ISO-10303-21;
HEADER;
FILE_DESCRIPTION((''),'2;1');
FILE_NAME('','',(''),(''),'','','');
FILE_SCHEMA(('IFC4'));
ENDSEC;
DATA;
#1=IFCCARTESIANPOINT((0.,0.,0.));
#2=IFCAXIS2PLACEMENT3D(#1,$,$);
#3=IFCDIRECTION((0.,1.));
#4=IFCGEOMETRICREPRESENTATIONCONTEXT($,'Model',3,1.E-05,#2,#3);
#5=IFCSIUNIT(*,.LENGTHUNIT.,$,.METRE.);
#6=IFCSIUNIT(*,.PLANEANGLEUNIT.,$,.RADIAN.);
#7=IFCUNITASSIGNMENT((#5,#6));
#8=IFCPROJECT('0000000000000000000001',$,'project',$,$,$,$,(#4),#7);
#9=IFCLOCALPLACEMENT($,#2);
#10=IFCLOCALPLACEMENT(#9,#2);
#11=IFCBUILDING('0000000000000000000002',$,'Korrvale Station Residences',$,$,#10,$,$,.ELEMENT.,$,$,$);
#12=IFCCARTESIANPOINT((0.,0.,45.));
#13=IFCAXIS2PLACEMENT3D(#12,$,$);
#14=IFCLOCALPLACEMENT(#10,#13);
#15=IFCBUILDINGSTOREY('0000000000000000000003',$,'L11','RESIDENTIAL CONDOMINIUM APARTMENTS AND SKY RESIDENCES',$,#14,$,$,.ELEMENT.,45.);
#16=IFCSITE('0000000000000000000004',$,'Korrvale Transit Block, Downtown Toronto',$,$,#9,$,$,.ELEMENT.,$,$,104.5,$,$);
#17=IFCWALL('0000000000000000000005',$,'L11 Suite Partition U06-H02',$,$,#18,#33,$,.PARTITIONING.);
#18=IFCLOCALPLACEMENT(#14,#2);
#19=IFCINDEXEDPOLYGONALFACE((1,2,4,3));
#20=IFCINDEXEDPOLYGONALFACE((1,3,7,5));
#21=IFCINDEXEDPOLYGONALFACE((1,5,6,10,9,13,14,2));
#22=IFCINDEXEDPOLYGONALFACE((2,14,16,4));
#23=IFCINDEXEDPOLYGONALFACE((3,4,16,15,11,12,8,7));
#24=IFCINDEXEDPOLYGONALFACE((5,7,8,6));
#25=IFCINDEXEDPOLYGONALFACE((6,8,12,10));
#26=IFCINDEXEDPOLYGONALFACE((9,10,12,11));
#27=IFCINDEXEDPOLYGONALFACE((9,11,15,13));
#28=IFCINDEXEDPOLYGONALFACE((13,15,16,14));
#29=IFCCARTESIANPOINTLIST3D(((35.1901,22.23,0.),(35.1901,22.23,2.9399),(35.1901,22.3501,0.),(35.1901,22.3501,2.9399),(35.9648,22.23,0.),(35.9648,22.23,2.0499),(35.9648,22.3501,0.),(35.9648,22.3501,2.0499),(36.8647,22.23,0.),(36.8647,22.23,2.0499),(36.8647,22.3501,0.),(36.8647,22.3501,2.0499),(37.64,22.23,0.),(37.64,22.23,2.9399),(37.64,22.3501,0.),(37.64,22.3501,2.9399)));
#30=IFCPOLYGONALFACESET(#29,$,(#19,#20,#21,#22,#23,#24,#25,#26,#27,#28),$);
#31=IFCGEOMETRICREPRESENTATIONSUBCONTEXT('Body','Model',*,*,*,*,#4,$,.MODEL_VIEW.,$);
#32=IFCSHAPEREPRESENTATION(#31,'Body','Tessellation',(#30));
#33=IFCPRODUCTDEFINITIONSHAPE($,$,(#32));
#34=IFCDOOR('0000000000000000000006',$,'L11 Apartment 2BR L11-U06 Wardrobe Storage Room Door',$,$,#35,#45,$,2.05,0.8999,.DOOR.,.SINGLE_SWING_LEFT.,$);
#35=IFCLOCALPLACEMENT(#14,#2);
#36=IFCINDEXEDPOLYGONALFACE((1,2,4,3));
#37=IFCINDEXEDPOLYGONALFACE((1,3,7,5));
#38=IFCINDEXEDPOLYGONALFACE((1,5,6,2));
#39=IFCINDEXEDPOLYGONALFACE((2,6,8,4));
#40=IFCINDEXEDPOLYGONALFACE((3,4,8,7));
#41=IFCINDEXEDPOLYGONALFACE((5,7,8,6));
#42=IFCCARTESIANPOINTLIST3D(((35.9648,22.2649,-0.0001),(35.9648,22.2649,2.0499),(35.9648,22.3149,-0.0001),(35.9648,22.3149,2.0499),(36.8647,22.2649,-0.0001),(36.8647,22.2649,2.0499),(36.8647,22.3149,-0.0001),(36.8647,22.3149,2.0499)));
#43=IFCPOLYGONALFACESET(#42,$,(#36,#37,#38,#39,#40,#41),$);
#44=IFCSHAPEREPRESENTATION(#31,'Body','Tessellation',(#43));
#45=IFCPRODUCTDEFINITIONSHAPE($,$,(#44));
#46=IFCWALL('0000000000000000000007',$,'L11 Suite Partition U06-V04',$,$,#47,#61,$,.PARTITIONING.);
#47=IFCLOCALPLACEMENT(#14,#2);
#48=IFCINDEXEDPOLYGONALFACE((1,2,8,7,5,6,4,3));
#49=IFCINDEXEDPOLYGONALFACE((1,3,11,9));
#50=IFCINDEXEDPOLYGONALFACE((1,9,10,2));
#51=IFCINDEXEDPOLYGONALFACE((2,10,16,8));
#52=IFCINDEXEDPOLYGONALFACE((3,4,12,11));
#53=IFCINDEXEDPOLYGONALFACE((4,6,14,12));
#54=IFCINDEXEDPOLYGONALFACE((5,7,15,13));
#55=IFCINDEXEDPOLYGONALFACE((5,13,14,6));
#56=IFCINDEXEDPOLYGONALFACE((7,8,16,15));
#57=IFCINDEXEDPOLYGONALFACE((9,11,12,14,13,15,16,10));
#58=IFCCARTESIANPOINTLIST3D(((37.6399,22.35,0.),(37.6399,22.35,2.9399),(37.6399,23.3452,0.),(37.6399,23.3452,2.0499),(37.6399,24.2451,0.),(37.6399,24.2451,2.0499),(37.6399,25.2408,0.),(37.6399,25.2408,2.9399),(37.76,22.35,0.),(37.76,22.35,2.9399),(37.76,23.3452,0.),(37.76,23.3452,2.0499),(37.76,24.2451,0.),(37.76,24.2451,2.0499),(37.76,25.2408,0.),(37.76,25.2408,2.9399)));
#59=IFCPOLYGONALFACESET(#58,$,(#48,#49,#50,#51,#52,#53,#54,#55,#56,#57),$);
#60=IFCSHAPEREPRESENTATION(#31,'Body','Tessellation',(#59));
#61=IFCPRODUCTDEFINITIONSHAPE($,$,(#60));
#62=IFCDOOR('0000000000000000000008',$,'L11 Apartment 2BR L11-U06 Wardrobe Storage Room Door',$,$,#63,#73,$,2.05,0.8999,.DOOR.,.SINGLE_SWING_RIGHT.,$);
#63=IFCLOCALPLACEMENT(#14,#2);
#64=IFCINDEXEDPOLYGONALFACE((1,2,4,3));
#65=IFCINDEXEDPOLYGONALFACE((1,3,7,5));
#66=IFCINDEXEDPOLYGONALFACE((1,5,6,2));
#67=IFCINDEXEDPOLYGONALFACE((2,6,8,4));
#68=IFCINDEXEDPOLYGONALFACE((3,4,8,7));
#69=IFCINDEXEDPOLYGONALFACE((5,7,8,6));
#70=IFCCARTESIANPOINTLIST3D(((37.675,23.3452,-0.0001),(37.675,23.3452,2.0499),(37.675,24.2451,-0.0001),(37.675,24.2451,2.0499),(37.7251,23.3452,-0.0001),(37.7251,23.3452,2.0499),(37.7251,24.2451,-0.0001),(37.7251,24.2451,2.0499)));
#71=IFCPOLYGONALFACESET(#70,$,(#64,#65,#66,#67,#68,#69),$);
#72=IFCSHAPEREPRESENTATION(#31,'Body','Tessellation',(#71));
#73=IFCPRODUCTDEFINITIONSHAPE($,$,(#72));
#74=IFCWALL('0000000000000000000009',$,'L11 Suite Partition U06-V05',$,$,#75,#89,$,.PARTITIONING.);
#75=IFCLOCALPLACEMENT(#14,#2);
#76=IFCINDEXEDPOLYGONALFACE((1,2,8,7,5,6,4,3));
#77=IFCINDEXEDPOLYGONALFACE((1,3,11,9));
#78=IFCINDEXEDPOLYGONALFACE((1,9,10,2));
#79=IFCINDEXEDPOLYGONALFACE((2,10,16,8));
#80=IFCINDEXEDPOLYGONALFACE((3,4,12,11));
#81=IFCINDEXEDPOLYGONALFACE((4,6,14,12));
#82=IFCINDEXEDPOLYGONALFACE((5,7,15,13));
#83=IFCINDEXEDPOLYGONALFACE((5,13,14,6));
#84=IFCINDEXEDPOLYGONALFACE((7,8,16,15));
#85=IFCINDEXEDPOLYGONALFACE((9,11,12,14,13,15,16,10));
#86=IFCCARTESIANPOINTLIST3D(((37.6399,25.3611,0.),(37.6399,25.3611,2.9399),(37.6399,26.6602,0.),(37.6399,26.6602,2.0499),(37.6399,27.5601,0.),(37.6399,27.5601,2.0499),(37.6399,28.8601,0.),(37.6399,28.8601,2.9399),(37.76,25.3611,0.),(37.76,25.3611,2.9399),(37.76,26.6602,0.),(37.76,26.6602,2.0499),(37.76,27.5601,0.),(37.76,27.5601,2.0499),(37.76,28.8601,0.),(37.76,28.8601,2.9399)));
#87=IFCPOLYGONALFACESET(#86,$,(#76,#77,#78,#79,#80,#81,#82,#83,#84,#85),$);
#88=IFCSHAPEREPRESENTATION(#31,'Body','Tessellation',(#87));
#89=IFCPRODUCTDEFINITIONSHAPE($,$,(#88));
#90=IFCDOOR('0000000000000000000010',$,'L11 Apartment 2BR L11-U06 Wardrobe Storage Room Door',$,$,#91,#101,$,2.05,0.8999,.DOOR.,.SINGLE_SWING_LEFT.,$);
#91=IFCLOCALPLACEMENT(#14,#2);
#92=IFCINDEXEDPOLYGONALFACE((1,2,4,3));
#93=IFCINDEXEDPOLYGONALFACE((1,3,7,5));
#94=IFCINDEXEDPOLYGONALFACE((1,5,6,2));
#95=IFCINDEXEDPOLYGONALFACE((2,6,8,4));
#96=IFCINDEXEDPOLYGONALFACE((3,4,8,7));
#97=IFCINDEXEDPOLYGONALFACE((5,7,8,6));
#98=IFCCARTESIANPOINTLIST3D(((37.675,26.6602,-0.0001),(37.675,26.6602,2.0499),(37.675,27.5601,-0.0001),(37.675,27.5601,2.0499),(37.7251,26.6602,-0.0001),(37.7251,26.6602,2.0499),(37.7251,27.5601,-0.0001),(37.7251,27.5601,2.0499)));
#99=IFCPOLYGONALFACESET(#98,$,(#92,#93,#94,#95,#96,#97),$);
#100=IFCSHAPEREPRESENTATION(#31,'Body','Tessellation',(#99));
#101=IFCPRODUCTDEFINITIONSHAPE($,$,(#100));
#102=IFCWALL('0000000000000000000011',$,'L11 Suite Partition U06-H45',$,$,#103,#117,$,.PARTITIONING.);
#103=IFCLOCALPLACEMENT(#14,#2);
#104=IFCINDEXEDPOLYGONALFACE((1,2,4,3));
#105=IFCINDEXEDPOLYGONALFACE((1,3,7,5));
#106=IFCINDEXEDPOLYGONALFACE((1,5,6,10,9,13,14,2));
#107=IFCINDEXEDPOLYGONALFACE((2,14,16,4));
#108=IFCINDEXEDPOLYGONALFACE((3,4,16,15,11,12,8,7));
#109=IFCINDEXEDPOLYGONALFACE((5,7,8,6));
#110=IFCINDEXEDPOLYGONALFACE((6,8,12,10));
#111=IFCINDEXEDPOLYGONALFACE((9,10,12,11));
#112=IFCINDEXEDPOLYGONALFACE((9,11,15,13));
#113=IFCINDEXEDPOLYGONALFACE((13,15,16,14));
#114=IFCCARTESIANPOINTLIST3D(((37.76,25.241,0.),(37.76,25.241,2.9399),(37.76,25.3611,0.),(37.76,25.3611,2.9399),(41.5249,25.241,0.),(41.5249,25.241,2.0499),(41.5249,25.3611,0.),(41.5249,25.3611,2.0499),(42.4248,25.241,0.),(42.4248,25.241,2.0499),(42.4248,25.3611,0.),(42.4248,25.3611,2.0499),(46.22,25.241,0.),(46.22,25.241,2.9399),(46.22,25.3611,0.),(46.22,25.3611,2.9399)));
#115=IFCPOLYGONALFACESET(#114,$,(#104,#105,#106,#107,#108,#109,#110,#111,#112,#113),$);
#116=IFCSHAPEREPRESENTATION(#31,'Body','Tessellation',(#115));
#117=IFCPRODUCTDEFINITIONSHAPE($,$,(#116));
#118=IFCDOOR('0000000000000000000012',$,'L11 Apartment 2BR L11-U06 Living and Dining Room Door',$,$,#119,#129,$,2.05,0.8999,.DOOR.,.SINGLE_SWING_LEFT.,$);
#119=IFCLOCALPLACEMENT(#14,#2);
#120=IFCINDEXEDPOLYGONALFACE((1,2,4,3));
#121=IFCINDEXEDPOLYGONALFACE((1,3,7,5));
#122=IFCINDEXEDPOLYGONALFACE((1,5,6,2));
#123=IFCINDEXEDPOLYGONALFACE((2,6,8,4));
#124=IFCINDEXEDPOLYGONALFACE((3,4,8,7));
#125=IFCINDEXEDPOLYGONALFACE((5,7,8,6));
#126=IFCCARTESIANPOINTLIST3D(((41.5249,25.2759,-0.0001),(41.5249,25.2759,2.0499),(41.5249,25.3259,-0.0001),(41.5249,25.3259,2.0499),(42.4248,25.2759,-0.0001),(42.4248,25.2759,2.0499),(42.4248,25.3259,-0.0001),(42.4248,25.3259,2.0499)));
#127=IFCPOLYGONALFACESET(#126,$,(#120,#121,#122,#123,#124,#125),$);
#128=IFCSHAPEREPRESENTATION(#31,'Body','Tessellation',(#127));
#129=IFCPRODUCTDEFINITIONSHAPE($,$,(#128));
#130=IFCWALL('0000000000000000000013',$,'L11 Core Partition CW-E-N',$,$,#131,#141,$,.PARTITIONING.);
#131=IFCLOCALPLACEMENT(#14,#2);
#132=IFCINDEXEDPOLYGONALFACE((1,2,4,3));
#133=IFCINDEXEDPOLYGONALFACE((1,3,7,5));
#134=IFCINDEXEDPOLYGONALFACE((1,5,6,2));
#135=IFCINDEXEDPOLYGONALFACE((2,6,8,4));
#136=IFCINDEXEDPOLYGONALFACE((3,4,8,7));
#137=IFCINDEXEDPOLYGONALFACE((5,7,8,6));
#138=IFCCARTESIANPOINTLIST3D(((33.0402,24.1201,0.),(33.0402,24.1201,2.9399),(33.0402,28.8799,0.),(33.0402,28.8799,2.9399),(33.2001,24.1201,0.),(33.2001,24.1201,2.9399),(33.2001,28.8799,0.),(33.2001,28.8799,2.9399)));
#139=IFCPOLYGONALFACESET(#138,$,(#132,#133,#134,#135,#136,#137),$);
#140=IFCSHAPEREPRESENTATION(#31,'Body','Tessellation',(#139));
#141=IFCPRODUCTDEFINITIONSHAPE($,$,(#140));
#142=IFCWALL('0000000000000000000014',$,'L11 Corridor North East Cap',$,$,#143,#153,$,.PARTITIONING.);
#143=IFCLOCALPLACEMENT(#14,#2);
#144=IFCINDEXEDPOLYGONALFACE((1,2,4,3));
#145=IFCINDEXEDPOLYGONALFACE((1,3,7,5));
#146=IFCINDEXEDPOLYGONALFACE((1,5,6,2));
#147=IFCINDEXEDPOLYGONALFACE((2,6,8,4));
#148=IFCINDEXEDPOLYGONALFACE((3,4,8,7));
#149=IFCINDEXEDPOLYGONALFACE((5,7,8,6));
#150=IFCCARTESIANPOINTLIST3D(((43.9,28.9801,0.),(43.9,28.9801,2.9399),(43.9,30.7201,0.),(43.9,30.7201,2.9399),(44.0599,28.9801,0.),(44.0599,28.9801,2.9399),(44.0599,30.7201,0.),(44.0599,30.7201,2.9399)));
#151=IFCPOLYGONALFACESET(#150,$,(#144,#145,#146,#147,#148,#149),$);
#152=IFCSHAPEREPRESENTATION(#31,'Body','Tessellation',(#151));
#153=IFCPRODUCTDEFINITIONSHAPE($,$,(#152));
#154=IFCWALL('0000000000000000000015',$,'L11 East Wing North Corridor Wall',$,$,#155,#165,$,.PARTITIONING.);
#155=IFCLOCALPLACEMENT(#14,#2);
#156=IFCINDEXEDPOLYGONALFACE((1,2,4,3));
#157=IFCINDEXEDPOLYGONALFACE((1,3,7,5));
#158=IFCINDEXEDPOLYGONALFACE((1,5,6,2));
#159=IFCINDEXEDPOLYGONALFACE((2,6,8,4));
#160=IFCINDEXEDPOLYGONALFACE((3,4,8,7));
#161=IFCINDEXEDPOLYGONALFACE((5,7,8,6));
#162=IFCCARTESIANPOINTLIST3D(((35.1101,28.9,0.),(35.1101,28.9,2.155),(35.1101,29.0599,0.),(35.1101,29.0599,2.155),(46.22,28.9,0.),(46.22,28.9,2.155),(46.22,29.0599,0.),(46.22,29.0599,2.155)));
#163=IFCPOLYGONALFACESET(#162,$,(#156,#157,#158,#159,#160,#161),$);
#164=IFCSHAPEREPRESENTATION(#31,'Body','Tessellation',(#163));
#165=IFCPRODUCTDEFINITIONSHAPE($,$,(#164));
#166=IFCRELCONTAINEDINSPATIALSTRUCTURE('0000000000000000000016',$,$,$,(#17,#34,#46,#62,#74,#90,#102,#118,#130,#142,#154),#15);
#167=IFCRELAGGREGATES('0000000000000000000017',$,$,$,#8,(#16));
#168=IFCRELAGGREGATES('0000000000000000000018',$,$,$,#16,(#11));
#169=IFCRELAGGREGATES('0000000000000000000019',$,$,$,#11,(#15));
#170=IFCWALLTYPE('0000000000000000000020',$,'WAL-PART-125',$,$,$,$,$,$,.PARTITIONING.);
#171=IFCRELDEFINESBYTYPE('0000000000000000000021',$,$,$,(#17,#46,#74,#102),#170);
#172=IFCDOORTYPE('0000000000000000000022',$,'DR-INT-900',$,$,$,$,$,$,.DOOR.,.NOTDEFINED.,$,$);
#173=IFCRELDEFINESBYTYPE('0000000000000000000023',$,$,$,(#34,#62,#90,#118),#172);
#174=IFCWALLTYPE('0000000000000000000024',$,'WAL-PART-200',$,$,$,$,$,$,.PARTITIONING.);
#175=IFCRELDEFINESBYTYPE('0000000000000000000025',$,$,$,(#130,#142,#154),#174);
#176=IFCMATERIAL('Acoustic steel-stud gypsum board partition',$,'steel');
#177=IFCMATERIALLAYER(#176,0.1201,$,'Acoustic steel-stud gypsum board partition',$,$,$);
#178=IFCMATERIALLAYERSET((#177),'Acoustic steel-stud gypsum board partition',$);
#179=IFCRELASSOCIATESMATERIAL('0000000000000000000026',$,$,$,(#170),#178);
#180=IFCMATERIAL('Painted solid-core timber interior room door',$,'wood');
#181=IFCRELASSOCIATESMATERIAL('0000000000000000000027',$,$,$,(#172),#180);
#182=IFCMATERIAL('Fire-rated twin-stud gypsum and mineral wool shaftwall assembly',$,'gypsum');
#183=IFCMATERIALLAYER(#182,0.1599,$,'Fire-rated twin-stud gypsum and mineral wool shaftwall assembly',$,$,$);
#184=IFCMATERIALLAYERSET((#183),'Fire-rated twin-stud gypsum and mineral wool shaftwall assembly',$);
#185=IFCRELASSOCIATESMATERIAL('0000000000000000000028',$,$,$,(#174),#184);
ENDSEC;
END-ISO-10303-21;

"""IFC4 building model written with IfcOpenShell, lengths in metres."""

from ifc_helpers import new_model, si_unit, direction, frame, frame_2d, origin, place, context, subcontext, project, spatial, rectangle, extrude, material, layer, layer_set, type_object, element, fill, save


model = new_model("IFC4")

# Units and contexts
model_context = context("Model", 3, precision=1e-05, world=origin(), true_north=direction((0.0, 1.0)))
body_context = subcontext(model_context, "Body", "Model", "MODEL_VIEW")
ifc_project = project(units=[si_unit("LENGTHUNIT", "METRE"), si_unit("PLANEANGLEUNIT", "RADIAN")], contexts=[model_context])

# Site, building, storey
site_placement = place(None, origin())
site = spatial("IfcSite", under=ifc_project, at=site_placement, Name="Korrvale Transit Block, Downtown Toronto", CompositionType="ELEMENT", RefElevation=104.5)
building_placement = place(site_placement, origin())
building = spatial("IfcBuilding", under=site, at=building_placement, Name="Korrvale Station Residences", CompositionType="ELEMENT")
storey_placement = place(building_placement, frame((0.0, 0.0, 45.0)))
storey = spatial("IfcBuildingStorey", under=building, at=storey_placement, Name="L11", Description="RESIDENTIAL CONDOMINIUM APARTMENTS AND SKY RESIDENCES", CompositionType="ELEMENT", Elevation=45.0)

# Walls, openings, doors
ifc_material_1 = material(Name="Acoustic steel-stud gypsum board partition", Category="steel")
ifc_layer_1 = layer(ifc_material_1, 0.1201, Name="Acoustic steel-stud gypsum board partition")
ifc_layer_set_1 = layer_set([ifc_layer_1], Name="Acoustic steel-stud gypsum board partition")
wall_type_1 = type_object("IfcWallType", Name="WAL-PART-125", PredefinedType="PARTITIONING", material=ifc_layer_set_1)
ifc_material_2 = material(Name="Painted solid-core timber interior room door", Category="wood")
door_type = type_object("IfcDoorType", Name="DR-INT-900", OperationType="NOTDEFINED", PredefinedType="DOOR", material=ifc_material_2)
wall_1_placement = place(storey_placement, frame((35.1899, 22.29, 0.0), z_axis=(0.0, 0.0, 1.0), x_axis=(1.0, 0.0, 0.0)))
wall_1 = element("IfcWall", 1, at=wall_1_placement, inside=storey, type_object=wall_type_1, Name="L11 Suite Partition U06-H02", PredefinedType="PARTITIONING", context=body_context, shape_type="SweptSolid", body=[
    extrude(rectangle(XDim=2.45, YDim=0.1201, at=frame_2d((1.2251, 0.0))), origin(), (0.0, 0.0, 1.0), 2.9399),
])
opening_1_placement = place(wall_1_placement, frame((0.7749, 0.0, 0.0)))
opening_1 = element("IfcOpeningElement", 2, at=opening_1_placement, cuts=wall_1, PredefinedType="OPENING", context=body_context, shape_type="SweptSolid", body=[
    extrude(rectangle(XDim=0.8999, YDim=2.05, at=frame_2d((0.45, 1.0249))), frame((0.0, 0.0701, 0.0), z_axis=(0.0, -1.0, 0.0), x_axis=(1.0, 0.0, 0.0)), (0.0, 0.0, 1.0), 0.1401),
])
door_1_placement = place(opening_1_placement, origin())
door_1 = element("IfcDoor", 3, at=door_1_placement, inside=storey, type_object=door_type, Name="L11 Apartment 2BR L11-U06 Wardrobe Storage Room Door", OperationType="SINGLE_SWING_LEFT", OverallHeight=2.05, OverallWidth=0.8999, PredefinedType="DOOR", context=body_context, shape_type="SweptSolid", body=[
    extrude(rectangle(XDim=0.8999, YDim=2.05, at=frame_2d((0.45, 1.0249))), frame((0.0, 0.0249, 0.0), z_axis=(0.0, -1.0, 0.0), x_axis=(1.0, 0.0, 0.0)), (0.0, 0.0, 1.0), 0.05),
])
fill(opening_1, door_1)
wall_2_placement = place(storey_placement, frame((37.7, 22.3501, 0.0), z_axis=(0.0, 0.0, 1.0), x_axis=(0.0, 1.0, 0.0)))
wall_2 = element("IfcWall", 4, at=wall_2_placement, inside=storey, type_object=wall_type_1, Name="L11 Suite Partition U06-V04", PredefinedType="PARTITIONING", context=body_context, shape_type="SweptSolid", body=[
    extrude(rectangle(XDim=2.8909, YDim=0.1201, at=frame_2d((1.4453, 0.0))), origin(), (0.0, 0.0, 1.0), 2.9399),
])
opening_2_placement = place(wall_2_placement, frame((0.9951, 0.0, 0.0)))
opening_2 = element("IfcOpeningElement", 5, at=opening_2_placement, cuts=wall_2, PredefinedType="OPENING", context=body_context, shape_type="SweptSolid", body=[
    extrude(rectangle(XDim=0.8999, YDim=2.05, at=frame_2d((0.45, 1.0249))), frame((0.0, 0.0701, 0.0), z_axis=(0.0, -1.0, 0.0), x_axis=(1.0, 0.0, 0.0)), (0.0, 0.0, 1.0), 0.1401),
])
door_2_placement = place(opening_2_placement, origin())
door_2 = element("IfcDoor", 6, at=door_2_placement, inside=storey, type_object=door_type, Name="L11 Apartment 2BR L11-U06 Wardrobe Storage Room Door", OperationType="SINGLE_SWING_RIGHT", OverallHeight=2.05, OverallWidth=0.8999, PredefinedType="DOOR", context=body_context, shape_type="SweptSolid", body=[
    extrude(rectangle(XDim=0.8999, YDim=2.05, at=frame_2d((0.45, 1.0249))), frame((0.0, 0.0249, 0.0), z_axis=(0.0, -1.0, 0.0), x_axis=(1.0, 0.0, 0.0)), (0.0, 0.0, 1.0), 0.05),
])
fill(opening_2, door_2)
wall_3_placement = place(storey_placement, frame((37.7, 25.3611, 0.0), z_axis=(0.0, 0.0, 1.0), x_axis=(0.0, 1.0, 0.0)))
wall_3 = element("IfcWall", 7, at=wall_3_placement, inside=storey, type_object=wall_type_1, Name="L11 Suite Partition U06-V05", PredefinedType="PARTITIONING", context=body_context, shape_type="SweptSolid", body=[
    extrude(rectangle(XDim=3.499, YDim=0.1201, at=frame_2d((1.7495, 0.0))), origin(), (0.0, 0.0, 1.0), 2.9399),
])
opening_3_placement = place(wall_3_placement, frame((1.2991, 0.0, 0.0)))
opening_3 = element("IfcOpeningElement", 8, at=opening_3_placement, cuts=wall_3, PredefinedType="OPENING", context=body_context, shape_type="SweptSolid", body=[
    extrude(rectangle(XDim=0.8999, YDim=2.05, at=frame_2d((0.45, 1.0249))), frame((0.0, 0.0701, 0.0), z_axis=(0.0, -1.0, 0.0), x_axis=(1.0, 0.0, 0.0)), (0.0, 0.0, 1.0), 0.1401),
])
door_3_placement = place(opening_3_placement, origin())
door_3 = element("IfcDoor", 9, at=door_3_placement, inside=storey, type_object=door_type, Name="L11 Apartment 2BR L11-U06 Wardrobe Storage Room Door", OperationType="SINGLE_SWING_LEFT", OverallHeight=2.05, OverallWidth=0.8999, PredefinedType="DOOR", context=body_context, shape_type="SweptSolid", body=[
    extrude(rectangle(XDim=0.8999, YDim=2.05, at=frame_2d((0.45, 1.0249))), frame((0.0, 0.0249, 0.0), z_axis=(0.0, -1.0, 0.0), x_axis=(1.0, 0.0, 0.0)), (0.0, 0.0, 1.0), 0.05),
])
fill(opening_3, door_3)
wall_4_placement = place(storey_placement, frame((37.76, 25.301, 0.0), z_axis=(0.0, 0.0, 1.0), x_axis=(1.0, 0.0, 0.0)))
wall_4 = element("IfcWall", 10, at=wall_4_placement, inside=storey, type_object=wall_type_1, Name="L11 Suite Partition U06-H45", PredefinedType="PARTITIONING", context=body_context, shape_type="SweptSolid", body=[
    extrude(rectangle(XDim=8.46, YDim=0.1201, at=frame_2d((4.23, 0.0))), origin(), (0.0, 0.0, 1.0), 2.9399),
])
opening_4_placement = place(wall_4_placement, frame((3.7649, 0.0, 0.0)))
opening_4 = element("IfcOpeningElement", 11, at=opening_4_placement, cuts=wall_4, PredefinedType="OPENING", context=body_context, shape_type="SweptSolid", body=[
    extrude(rectangle(XDim=0.8999, YDim=2.05, at=frame_2d((0.45, 1.0249))), frame((0.0, 0.0701, 0.0), z_axis=(0.0, -1.0, 0.0), x_axis=(1.0, 0.0, 0.0)), (0.0, 0.0, 1.0), 0.1401),
])
door_4_placement = place(opening_4_placement, origin())
door_4 = element("IfcDoor", 12, at=door_4_placement, inside=storey, type_object=door_type, Name="L11 Apartment 2BR L11-U06 Living and Dining Room Door", OperationType="SINGLE_SWING_LEFT", OverallHeight=2.05, OverallWidth=0.8999, PredefinedType="DOOR", context=body_context, shape_type="SweptSolid", body=[
    extrude(rectangle(XDim=0.8999, YDim=2.05, at=frame_2d((0.45, 1.0249))), frame((0.0, 0.0249, 0.0), z_axis=(0.0, -1.0, 0.0), x_axis=(1.0, 0.0, 0.0)), (0.0, 0.0, 1.0), 0.05),
])
fill(opening_4, door_4)

# Walls
ifc_material_3 = material(Name="Fire-rated twin-stud gypsum and mineral wool shaftwall assembly", Category="gypsum")
ifc_layer_2 = layer(ifc_material_3, 0.1599, Name="Fire-rated twin-stud gypsum and mineral wool shaftwall assembly")
ifc_layer_set_2 = layer_set([ifc_layer_2], Name="Fire-rated twin-stud gypsum and mineral wool shaftwall assembly")
wall_type_2 = type_object("IfcWallType", Name="WAL-PART-200", PredefinedType="PARTITIONING", material=ifc_layer_set_2)
wall_5_placement = place(storey_placement, frame((33.1201, 24.1201, 0.0), z_axis=(0.0, 0.0, 1.0), x_axis=(0.0, 1.0, 0.0)))
element("IfcWall", 13, at=wall_5_placement, inside=storey, type_object=wall_type_2, Name="L11 Core Partition CW-E-N", PredefinedType="PARTITIONING", context=body_context, shape_type="SweptSolid", body=[
    extrude(rectangle(XDim=4.7598, YDim=0.1599, at=frame_2d((2.3799, 0.0))), origin(), (0.0, 0.0, 1.0), 2.9399),
])
wall_6_placement = place(storey_placement, frame((43.98, 28.98, 0.0), z_axis=(0.0, 0.0, 1.0), x_axis=(0.0, 1.0, 0.0)))
element("IfcWall", 14, at=wall_6_placement, inside=storey, type_object=wall_type_2, Name="L11 Corridor North East Cap", PredefinedType="PARTITIONING", context=body_context, shape_type="SweptSolid", body=[
    extrude(rectangle(XDim=1.74, YDim=0.1599, at=frame_2d((0.8701, 0.0))), origin(), (0.0, 0.0, 1.0), 2.9399),
])
wall_7_placement = place(storey_placement, frame((35.1101, 28.98, 0.0), z_axis=(0.0, 0.0, 1.0), x_axis=(1.0, 0.0, 0.0)))
element("IfcWall", 15, at=wall_7_placement, inside=storey, type_object=wall_type_2, Name="L11 East Wing North Corridor Wall", PredefinedType="PARTITIONING", context=body_context, shape_type="SweptSolid", body=[
    extrude(rectangle(XDim=11.1099, YDim=0.1599, at=frame_2d((5.5549, 0.0))), origin(), (0.0, 0.0, 1.0), 2.155),
])

save(model, "model.ifc")
